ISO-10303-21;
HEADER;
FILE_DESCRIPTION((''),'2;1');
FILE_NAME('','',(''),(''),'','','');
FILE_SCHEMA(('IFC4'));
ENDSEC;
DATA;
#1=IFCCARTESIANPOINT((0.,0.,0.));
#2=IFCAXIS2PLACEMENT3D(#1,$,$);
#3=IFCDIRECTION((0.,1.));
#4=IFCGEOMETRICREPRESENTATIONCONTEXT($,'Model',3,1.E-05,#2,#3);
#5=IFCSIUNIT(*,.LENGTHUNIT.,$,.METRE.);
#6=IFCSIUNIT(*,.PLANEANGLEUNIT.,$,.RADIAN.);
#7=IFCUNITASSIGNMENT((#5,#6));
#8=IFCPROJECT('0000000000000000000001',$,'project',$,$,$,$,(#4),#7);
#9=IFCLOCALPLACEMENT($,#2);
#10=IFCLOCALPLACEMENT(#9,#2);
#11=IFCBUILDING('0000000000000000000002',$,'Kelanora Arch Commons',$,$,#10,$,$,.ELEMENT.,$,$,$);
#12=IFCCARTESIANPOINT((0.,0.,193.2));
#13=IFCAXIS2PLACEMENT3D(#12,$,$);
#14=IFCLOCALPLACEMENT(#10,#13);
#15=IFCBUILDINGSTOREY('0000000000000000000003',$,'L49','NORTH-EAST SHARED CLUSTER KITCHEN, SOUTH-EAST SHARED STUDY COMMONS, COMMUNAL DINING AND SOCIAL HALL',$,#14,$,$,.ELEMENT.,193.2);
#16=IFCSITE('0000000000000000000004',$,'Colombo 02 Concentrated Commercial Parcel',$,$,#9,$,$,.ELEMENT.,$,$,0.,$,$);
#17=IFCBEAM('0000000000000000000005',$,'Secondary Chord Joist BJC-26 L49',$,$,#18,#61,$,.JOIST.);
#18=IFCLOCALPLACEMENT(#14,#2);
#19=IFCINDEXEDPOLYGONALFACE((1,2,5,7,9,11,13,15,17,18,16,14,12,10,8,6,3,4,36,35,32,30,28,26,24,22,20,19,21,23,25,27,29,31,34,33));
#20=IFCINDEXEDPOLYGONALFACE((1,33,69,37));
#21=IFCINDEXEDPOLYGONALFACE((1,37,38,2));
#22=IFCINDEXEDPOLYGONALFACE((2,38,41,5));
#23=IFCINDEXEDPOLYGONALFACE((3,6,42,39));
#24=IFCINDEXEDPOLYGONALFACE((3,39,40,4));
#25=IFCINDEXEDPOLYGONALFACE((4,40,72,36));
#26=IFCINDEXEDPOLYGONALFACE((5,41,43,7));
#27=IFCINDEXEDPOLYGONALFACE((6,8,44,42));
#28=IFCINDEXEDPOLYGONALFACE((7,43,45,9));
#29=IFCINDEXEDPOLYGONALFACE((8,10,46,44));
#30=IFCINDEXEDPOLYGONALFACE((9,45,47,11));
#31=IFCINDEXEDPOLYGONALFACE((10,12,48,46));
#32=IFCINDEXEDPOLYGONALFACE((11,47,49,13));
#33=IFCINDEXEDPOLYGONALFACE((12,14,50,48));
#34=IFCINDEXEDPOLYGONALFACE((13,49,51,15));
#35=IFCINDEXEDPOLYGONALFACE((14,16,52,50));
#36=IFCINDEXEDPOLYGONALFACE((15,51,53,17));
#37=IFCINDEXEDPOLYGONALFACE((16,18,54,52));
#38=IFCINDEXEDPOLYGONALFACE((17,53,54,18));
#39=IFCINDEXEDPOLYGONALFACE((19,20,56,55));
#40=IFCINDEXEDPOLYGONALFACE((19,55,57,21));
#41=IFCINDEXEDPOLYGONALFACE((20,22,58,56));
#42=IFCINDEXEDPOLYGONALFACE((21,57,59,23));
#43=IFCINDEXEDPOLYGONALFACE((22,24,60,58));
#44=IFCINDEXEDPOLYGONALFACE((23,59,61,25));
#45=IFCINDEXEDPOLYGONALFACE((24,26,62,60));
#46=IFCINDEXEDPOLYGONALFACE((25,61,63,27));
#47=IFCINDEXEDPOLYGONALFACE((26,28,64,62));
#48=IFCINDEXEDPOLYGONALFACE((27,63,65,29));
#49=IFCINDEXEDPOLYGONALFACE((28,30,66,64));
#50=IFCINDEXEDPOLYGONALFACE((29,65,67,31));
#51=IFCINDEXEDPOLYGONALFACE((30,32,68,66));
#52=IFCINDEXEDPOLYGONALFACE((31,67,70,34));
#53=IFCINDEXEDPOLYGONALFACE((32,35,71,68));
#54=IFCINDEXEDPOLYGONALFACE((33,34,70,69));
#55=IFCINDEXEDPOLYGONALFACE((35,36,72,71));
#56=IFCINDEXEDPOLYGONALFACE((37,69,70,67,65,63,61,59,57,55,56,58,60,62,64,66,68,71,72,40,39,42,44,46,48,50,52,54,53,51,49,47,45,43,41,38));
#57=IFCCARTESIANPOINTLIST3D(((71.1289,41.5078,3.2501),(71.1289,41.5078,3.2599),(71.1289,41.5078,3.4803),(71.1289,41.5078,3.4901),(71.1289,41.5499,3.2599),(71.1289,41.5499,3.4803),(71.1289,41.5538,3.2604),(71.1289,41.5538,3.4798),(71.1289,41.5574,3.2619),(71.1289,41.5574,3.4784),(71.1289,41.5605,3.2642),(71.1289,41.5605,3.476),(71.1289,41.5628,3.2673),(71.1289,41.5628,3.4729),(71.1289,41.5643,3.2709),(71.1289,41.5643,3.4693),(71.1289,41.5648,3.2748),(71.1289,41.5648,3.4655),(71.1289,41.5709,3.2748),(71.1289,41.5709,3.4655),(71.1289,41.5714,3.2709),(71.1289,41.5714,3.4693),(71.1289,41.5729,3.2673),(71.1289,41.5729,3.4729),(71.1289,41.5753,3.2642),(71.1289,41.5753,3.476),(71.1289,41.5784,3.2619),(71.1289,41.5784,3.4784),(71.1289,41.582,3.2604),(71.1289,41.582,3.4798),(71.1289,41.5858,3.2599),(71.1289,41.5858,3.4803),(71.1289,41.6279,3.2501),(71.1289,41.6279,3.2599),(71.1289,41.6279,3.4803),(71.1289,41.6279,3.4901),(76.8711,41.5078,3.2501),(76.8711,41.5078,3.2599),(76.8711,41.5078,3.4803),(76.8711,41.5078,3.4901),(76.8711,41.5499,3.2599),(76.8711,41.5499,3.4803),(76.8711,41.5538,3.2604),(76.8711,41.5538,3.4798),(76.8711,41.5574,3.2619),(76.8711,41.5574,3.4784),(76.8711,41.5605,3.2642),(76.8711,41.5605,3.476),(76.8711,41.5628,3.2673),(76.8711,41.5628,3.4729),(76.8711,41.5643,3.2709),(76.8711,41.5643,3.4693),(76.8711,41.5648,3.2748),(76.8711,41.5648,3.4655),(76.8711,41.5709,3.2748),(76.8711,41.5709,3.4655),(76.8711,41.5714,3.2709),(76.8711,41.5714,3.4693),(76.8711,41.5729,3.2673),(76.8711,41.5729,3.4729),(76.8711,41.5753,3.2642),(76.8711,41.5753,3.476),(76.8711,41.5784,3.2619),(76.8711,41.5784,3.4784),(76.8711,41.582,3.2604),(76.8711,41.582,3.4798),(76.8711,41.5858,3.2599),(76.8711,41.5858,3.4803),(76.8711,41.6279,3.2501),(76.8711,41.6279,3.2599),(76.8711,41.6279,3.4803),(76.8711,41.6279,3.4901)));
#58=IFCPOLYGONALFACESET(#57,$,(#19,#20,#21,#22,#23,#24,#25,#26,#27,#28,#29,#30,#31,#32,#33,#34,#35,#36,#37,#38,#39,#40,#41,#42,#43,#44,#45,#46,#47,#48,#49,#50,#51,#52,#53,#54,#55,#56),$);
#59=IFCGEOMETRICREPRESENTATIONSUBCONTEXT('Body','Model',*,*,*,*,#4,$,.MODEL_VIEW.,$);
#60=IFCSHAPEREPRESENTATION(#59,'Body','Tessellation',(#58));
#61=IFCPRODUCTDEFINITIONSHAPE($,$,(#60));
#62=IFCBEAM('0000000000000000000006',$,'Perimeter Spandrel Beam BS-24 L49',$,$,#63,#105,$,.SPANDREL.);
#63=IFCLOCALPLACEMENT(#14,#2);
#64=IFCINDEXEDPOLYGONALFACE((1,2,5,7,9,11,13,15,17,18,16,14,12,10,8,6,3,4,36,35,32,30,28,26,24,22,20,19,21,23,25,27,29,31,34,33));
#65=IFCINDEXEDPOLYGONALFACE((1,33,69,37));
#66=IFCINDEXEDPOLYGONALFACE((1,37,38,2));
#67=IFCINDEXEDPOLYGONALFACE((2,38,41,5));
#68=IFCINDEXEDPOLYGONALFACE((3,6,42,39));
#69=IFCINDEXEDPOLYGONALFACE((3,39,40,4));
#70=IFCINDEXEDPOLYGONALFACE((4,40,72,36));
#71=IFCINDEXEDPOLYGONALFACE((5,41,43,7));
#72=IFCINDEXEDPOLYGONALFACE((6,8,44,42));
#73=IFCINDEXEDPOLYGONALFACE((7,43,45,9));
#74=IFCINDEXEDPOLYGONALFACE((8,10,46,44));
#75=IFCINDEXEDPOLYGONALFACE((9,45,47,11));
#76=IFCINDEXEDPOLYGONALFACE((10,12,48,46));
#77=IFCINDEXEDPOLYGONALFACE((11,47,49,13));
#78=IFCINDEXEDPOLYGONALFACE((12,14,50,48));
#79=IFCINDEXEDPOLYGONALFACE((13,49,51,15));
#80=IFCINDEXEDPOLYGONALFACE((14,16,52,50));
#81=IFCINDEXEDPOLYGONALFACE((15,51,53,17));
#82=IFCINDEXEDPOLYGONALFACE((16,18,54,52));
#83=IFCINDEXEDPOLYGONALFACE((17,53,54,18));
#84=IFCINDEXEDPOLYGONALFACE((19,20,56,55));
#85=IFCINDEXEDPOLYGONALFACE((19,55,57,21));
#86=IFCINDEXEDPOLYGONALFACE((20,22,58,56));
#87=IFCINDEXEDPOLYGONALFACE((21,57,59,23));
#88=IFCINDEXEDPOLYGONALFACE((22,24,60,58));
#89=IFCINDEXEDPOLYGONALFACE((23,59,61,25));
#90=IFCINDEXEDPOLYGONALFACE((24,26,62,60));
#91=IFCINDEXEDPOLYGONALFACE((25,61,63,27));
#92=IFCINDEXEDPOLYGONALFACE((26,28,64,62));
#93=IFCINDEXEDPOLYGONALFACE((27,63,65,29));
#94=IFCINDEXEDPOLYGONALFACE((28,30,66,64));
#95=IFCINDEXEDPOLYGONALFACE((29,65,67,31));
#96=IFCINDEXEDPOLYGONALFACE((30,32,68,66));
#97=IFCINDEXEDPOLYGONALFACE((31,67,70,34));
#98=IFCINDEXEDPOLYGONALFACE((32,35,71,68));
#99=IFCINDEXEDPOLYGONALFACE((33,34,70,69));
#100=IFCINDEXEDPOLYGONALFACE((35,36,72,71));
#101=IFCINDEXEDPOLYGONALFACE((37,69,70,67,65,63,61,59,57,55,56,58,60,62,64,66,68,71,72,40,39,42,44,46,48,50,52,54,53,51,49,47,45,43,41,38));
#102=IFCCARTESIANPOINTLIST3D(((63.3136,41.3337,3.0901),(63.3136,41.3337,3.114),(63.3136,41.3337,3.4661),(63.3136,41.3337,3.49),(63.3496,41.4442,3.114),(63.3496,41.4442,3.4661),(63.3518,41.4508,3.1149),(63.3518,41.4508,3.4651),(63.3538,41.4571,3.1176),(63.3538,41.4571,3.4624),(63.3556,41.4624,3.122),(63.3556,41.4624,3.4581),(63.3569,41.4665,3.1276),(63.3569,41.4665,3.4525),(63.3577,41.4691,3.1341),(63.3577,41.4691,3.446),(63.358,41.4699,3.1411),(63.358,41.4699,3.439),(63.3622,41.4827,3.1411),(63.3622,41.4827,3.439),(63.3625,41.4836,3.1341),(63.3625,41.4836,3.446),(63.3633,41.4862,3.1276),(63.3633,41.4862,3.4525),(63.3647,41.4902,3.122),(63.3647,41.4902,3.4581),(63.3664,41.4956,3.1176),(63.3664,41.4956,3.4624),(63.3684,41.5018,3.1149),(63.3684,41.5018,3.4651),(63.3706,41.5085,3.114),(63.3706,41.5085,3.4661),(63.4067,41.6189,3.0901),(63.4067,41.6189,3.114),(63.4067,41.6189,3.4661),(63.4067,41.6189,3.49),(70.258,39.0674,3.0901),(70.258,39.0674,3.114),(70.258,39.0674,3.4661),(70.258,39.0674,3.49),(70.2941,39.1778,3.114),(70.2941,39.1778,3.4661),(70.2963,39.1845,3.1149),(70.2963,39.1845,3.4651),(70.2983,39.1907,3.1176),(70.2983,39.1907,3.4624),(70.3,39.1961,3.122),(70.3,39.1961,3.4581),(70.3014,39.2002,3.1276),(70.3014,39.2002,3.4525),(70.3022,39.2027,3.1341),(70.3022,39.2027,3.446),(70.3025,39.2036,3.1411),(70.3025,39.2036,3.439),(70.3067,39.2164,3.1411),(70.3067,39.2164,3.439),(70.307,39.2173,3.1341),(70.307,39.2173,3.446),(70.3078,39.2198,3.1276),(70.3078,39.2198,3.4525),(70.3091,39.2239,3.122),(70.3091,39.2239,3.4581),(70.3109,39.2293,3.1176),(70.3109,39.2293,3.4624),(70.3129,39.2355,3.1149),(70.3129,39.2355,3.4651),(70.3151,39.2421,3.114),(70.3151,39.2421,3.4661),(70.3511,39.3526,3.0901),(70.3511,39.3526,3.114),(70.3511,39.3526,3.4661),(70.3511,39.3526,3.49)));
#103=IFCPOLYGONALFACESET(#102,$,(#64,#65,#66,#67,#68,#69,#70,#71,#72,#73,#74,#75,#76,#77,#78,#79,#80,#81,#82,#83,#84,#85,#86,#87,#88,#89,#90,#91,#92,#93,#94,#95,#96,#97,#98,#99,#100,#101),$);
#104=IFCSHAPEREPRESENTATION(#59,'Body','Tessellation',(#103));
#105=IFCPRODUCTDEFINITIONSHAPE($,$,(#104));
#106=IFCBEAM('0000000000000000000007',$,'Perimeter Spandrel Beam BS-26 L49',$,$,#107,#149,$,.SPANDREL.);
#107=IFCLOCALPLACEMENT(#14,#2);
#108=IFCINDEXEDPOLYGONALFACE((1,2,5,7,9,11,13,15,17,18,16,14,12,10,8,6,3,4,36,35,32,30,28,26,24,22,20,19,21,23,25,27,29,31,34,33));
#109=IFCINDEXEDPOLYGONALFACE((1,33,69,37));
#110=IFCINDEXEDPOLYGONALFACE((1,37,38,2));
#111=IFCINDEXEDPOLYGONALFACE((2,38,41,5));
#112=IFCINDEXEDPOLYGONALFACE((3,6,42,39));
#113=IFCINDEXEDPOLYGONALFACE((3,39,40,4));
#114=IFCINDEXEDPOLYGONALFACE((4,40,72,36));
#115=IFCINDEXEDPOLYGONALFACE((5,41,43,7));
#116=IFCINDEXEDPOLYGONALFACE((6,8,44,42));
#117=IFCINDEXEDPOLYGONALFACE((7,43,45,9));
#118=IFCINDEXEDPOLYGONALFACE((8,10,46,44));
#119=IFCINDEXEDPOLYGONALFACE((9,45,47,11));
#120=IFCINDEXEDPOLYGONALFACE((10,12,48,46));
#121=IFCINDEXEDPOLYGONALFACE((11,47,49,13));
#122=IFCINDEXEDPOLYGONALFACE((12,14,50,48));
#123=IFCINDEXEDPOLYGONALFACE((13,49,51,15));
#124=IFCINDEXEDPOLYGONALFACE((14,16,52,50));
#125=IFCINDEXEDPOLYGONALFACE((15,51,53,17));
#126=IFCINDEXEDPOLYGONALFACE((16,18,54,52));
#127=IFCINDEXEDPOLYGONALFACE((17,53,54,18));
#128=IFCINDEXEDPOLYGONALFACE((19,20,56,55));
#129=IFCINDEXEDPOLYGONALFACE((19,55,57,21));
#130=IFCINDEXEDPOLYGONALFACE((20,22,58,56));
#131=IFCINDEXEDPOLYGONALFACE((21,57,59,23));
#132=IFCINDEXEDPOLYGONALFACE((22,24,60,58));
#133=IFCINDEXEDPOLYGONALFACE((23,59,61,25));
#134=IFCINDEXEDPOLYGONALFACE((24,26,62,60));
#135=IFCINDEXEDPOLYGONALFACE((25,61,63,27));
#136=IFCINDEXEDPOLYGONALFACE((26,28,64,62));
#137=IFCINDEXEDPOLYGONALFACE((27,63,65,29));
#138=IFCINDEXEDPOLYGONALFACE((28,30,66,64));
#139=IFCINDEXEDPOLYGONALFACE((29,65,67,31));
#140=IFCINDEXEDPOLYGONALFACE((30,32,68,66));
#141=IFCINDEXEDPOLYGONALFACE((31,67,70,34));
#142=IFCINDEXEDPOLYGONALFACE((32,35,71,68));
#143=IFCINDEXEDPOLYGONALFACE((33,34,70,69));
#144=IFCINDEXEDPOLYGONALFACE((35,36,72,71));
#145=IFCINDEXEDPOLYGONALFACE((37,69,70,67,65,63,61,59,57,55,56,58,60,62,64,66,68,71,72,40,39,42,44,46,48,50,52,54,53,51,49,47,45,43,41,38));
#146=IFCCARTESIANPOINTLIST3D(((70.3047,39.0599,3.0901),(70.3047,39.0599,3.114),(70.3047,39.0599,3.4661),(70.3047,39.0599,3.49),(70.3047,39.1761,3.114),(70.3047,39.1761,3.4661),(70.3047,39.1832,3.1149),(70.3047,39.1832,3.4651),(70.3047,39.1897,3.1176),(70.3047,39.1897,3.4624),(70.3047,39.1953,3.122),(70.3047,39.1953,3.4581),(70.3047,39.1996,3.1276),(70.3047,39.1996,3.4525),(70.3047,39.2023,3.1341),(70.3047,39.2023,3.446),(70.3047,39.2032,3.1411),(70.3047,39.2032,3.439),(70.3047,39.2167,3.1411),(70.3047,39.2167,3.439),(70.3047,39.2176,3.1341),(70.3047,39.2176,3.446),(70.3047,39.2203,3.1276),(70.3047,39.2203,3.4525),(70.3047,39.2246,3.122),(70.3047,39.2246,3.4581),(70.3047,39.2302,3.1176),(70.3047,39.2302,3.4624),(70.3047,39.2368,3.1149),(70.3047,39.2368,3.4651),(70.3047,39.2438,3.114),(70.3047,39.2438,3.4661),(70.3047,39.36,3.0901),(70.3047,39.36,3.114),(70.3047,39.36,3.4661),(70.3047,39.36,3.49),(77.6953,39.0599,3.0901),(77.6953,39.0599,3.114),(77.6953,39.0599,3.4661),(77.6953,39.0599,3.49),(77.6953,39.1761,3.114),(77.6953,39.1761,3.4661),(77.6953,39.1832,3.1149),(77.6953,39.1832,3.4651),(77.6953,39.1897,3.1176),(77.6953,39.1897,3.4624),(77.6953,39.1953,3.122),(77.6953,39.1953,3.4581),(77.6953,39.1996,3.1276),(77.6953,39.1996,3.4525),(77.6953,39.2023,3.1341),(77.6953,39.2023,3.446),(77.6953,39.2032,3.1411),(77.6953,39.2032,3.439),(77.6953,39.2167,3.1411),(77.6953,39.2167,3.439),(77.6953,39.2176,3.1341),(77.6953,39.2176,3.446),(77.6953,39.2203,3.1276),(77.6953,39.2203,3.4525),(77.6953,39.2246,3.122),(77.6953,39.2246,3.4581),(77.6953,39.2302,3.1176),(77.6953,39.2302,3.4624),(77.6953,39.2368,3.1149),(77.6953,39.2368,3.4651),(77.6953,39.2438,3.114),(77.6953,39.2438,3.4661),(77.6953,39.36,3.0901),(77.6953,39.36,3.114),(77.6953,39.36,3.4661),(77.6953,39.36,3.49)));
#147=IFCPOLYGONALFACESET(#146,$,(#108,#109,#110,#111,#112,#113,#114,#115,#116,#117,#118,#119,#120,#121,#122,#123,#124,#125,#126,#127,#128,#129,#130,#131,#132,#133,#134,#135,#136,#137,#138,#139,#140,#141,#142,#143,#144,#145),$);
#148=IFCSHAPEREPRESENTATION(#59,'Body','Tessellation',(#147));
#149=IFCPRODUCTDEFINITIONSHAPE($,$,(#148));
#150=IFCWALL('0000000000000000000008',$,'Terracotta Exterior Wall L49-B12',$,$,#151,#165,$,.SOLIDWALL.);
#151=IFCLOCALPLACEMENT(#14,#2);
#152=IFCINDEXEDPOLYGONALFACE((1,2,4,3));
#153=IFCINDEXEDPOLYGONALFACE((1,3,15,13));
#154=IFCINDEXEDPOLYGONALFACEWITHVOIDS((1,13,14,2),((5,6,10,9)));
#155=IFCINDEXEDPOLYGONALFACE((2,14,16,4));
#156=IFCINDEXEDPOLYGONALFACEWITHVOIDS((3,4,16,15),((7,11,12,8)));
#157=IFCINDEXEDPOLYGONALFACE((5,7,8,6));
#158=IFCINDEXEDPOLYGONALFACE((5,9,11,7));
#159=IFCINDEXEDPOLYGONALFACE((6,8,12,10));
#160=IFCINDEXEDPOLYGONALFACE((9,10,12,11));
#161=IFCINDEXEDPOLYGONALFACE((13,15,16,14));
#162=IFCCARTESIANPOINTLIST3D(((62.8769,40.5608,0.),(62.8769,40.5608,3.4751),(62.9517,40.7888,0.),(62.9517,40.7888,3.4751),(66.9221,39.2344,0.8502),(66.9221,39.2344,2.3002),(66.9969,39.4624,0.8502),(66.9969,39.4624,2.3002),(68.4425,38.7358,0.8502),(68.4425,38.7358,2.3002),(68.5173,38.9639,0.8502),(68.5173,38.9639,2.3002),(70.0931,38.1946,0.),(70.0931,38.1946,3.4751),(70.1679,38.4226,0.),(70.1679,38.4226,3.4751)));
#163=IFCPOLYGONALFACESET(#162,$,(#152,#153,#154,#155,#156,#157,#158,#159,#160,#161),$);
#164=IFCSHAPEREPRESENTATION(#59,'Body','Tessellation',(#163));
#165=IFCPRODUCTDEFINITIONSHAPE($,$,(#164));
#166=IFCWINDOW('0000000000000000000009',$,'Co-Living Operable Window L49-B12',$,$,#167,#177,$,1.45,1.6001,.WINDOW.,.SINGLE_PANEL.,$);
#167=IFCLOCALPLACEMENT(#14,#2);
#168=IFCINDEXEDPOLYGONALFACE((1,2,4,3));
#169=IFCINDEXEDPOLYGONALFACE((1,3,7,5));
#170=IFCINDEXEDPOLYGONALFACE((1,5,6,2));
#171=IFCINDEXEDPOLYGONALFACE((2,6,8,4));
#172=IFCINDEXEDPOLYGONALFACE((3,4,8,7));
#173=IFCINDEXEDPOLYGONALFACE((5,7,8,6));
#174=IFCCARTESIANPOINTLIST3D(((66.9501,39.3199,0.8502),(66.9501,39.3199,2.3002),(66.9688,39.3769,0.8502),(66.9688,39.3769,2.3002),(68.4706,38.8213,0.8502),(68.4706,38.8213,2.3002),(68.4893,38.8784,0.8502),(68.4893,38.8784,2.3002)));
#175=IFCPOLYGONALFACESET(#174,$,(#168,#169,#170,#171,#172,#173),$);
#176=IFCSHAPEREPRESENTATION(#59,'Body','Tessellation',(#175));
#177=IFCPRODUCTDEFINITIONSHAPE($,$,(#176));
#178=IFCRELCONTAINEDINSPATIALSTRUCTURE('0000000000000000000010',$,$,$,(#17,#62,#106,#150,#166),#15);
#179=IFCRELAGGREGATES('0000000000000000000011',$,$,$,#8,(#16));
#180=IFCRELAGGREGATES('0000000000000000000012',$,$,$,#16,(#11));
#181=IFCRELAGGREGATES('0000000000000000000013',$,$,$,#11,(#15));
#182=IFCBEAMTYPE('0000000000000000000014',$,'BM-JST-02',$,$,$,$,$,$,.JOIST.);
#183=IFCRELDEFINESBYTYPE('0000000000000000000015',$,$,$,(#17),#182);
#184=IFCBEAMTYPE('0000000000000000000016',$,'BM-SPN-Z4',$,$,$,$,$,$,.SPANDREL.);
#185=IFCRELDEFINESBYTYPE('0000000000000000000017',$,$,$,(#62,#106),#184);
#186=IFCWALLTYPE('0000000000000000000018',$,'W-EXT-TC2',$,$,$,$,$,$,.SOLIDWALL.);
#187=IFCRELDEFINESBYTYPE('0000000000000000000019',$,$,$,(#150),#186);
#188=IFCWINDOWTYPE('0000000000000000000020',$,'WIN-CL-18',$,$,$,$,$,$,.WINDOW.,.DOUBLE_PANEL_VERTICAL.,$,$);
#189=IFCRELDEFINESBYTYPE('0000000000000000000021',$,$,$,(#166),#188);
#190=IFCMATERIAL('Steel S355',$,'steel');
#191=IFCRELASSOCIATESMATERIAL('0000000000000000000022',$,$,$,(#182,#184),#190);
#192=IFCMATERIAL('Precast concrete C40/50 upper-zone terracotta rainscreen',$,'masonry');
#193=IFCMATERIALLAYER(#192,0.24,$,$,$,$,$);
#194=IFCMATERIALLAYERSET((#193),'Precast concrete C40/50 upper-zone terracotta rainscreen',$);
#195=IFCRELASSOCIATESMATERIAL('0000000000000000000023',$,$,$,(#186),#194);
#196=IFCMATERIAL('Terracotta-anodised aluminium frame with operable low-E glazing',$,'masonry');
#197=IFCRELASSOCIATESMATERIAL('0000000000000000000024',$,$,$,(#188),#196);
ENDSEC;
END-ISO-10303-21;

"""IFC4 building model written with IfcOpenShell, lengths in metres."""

from ifc_helpers import new_model, si_unit, direction, frame, frame_2d, origin, origin_2d, place, context, subcontext, project, spatial, rectangle, i_section, extrude, material, layer, layer_set, material_profile, profile_set, type_object, element, fill, save


model = new_model("IFC4")

# Units and contexts
model_context = context("Model", 3, precision=1e-05, world=origin(), true_north=direction((0.0, 1.0)))
body_context = subcontext(model_context, "Body", "Model", "MODEL_VIEW")
ifc_project = project(units=[si_unit("LENGTHUNIT", "METRE"), si_unit("PLANEANGLEUNIT", "RADIAN")], contexts=[model_context])

# Site, building, storey
site_placement = place(None, origin())
site = spatial("IfcSite", under=ifc_project, at=site_placement, Name="Colombo 02 Concentrated Commercial Parcel", CompositionType="ELEMENT", RefElevation=0.0)
building_placement = place(site_placement, origin())
building = spatial("IfcBuilding", under=site, at=building_placement, Name="Kelanora Arch Commons", CompositionType="ELEMENT")
storey_placement = place(building_placement, frame((0.0, 0.0, 193.2)))
storey = spatial("IfcBuildingStorey", under=building, at=storey_placement, Name="L49", Description="NORTH-EAST SHARED CLUSTER KITCHEN, SOUTH-EAST SHARED STUDY COMMONS, COMMUNAL DINING AND SOCIAL HALL", CompositionType="ELEMENT", Elevation=193.2)

# Beams
ifc_material_1 = material(Name="Steel S355", Category="steel")
ifc_material_profile_1 = material_profile(ifc_material_1, i_section(OverallWidth=0.1201, OverallDepth=0.24, WebThickness=0.0061, FlangeThickness=0.0098, FilletRadius=0.0149, at=origin_2d()), Name="IPE240")
ifc_profile_set_1 = profile_set([ifc_material_profile_1], Name="Steel S355")
beam_type_1 = type_object("IfcBeamType", Name="BM-JST-02", PredefinedType="JOIST", material=ifc_profile_set_1)
beam_1_placement = place(storey_placement, frame((71.1289, 41.5679, 3.3701), z_axis=(1.0, 0.0, 0.0), x_axis=(0.0, 1.0, 0.0)))
element("IfcBeam", 1, at=beam_1_placement, inside=storey, type_object=beam_type_1, Name="Secondary Chord Joist BJC-26 L49", PredefinedType="JOIST", context=body_context, shape_type="SweptSolid", body=[
    extrude(i_section(OverallWidth=0.1201, OverallDepth=0.24, WebThickness=0.0061, FlangeThickness=0.0098, FilletRadius=0.0149, at=origin_2d()), origin(), (0.0, 0.0, 1.0), 5.7422),
])
ifc_material_profile_2 = material_profile(ifc_material_1, i_section(OverallWidth=0.3, OverallDepth=0.3999, WebThickness=0.0134, FlangeThickness=0.0239, FilletRadius=0.0271, at=origin_2d()), Name="HEB400")
ifc_profile_set_2 = profile_set([ifc_material_profile_2], Name="Steel S355")
beam_type_2 = type_object("IfcBeamType", Name="BM-SPN-Z4", PredefinedType="SPANDREL", material=ifc_profile_set_2)
beam_2_placement = place(storey_placement, frame((63.3601, 41.4763, 3.29), z_axis=(0.950656, -0.310246, 0.0), x_axis=(0.310246, 0.950656, 0.0)))
element("IfcBeam", 2, at=beam_2_placement, inside=storey, type_object=beam_type_2, Name="Perimeter Spandrel Beam BS-24 L49", PredefinedType="SPANDREL", context=body_context, shape_type="SweptSolid", body=[
    extrude(i_section(OverallWidth=0.3, OverallDepth=0.3999, WebThickness=0.0134, FlangeThickness=0.0239, FilletRadius=0.0271, at=origin_2d()), origin(), (0.0, 0.0, 1.0), 7.3049),
])
beam_3_placement = place(storey_placement, frame((70.3047, 39.21, 3.29), z_axis=(1.0, 0.0, 0.0), x_axis=(0.0, 1.0, 0.0)))
element("IfcBeam", 3, at=beam_3_placement, inside=storey, type_object=beam_type_2, Name="Perimeter Spandrel Beam BS-26 L49", PredefinedType="SPANDREL", context=body_context, shape_type="SweptSolid", body=[
    extrude(i_section(OverallWidth=0.3, OverallDepth=0.3999, WebThickness=0.0134, FlangeThickness=0.0239, FilletRadius=0.0271, at=origin_2d()), origin(), (0.0, 0.0, 1.0), 7.3906),
])

# Wall, opening, window
ifc_material_2 = material(Name="Precast concrete C40/50 upper-zone terracotta rainscreen", Category="masonry")
ifc_layer_1 = layer(ifc_material_2, 0.24)
ifc_layer_set_1 = layer_set([ifc_layer_1], Name="Precast concrete C40/50 upper-zone terracotta rainscreen")
wall_type_1 = type_object("IfcWallType", Name="W-EXT-TC2", PredefinedType="SOLIDWALL", material=ifc_layer_set_1)
wall_1_placement = place(storey_placement, frame((62.9143, 40.6748, 0.0), z_axis=(0.0, 0.0, 1.0), x_axis=(0.950221, -0.311575, 0.0)))
wall_1 = element("IfcWall", 4, at=wall_1_placement, inside=storey, type_object=wall_type_1, Name="Terracotta Exterior Wall L49-B12", PredefinedType="SOLIDWALL", context=body_context, shape_type="SweptSolid", body=[
    extrude(rectangle(XDim=7.5942, YDim=0.24, at=frame_2d((3.7971, 0.0))), origin(), (0.0, 0.0, 1.0), 3.4751),
])
opening_1_placement = place(wall_1_placement, frame((4.2571, 0.0, 0.8501)))
opening_1 = element("IfcOpeningElement", 5, at=opening_1_placement, cuts=wall_1, PredefinedType="OPENING", context=body_context, shape_type="SweptSolid", body=[
    extrude(rectangle(XDim=1.6001, YDim=1.45, at=frame_2d((0.8, 0.7251))), frame((0.0, 0.1299, 0.0), z_axis=(0.0, -1.0, 0.0), x_axis=(1.0, 0.0, 0.0)), (0.0, 0.0, 1.0), 0.26),
])
ifc_material_3 = material(Name="Terracotta-anodised aluminium frame with operable low-E glazing", Category="masonry")
window_type = type_object("IfcWindowType", Name="WIN-CL-18", PartitioningType="DOUBLE_PANEL_VERTICAL", PredefinedType="WINDOW", material=ifc_material_3)
window_1_placement = place(opening_1_placement, origin())
window_1 = element("IfcWindow", 6, at=window_1_placement, inside=storey, type_object=window_type, Name="Co-Living Operable Window L49-B12", OverallHeight=1.45, OverallWidth=1.6001, PartitioningType="SINGLE_PANEL", PredefinedType="WINDOW", context=body_context, shape_type="SweptSolid", body=[
    extrude(rectangle(XDim=1.6001, YDim=1.45, at=frame_2d((0.8, 0.7251))), frame((0.0, 0.03, 0.0), z_axis=(0.0, -1.0, 0.0), x_axis=(1.0, 0.0, 0.0)), (0.0, 0.0, 1.0), 0.0601),
])
fill(opening_1, window_1)

save(model, "model.ifc")
